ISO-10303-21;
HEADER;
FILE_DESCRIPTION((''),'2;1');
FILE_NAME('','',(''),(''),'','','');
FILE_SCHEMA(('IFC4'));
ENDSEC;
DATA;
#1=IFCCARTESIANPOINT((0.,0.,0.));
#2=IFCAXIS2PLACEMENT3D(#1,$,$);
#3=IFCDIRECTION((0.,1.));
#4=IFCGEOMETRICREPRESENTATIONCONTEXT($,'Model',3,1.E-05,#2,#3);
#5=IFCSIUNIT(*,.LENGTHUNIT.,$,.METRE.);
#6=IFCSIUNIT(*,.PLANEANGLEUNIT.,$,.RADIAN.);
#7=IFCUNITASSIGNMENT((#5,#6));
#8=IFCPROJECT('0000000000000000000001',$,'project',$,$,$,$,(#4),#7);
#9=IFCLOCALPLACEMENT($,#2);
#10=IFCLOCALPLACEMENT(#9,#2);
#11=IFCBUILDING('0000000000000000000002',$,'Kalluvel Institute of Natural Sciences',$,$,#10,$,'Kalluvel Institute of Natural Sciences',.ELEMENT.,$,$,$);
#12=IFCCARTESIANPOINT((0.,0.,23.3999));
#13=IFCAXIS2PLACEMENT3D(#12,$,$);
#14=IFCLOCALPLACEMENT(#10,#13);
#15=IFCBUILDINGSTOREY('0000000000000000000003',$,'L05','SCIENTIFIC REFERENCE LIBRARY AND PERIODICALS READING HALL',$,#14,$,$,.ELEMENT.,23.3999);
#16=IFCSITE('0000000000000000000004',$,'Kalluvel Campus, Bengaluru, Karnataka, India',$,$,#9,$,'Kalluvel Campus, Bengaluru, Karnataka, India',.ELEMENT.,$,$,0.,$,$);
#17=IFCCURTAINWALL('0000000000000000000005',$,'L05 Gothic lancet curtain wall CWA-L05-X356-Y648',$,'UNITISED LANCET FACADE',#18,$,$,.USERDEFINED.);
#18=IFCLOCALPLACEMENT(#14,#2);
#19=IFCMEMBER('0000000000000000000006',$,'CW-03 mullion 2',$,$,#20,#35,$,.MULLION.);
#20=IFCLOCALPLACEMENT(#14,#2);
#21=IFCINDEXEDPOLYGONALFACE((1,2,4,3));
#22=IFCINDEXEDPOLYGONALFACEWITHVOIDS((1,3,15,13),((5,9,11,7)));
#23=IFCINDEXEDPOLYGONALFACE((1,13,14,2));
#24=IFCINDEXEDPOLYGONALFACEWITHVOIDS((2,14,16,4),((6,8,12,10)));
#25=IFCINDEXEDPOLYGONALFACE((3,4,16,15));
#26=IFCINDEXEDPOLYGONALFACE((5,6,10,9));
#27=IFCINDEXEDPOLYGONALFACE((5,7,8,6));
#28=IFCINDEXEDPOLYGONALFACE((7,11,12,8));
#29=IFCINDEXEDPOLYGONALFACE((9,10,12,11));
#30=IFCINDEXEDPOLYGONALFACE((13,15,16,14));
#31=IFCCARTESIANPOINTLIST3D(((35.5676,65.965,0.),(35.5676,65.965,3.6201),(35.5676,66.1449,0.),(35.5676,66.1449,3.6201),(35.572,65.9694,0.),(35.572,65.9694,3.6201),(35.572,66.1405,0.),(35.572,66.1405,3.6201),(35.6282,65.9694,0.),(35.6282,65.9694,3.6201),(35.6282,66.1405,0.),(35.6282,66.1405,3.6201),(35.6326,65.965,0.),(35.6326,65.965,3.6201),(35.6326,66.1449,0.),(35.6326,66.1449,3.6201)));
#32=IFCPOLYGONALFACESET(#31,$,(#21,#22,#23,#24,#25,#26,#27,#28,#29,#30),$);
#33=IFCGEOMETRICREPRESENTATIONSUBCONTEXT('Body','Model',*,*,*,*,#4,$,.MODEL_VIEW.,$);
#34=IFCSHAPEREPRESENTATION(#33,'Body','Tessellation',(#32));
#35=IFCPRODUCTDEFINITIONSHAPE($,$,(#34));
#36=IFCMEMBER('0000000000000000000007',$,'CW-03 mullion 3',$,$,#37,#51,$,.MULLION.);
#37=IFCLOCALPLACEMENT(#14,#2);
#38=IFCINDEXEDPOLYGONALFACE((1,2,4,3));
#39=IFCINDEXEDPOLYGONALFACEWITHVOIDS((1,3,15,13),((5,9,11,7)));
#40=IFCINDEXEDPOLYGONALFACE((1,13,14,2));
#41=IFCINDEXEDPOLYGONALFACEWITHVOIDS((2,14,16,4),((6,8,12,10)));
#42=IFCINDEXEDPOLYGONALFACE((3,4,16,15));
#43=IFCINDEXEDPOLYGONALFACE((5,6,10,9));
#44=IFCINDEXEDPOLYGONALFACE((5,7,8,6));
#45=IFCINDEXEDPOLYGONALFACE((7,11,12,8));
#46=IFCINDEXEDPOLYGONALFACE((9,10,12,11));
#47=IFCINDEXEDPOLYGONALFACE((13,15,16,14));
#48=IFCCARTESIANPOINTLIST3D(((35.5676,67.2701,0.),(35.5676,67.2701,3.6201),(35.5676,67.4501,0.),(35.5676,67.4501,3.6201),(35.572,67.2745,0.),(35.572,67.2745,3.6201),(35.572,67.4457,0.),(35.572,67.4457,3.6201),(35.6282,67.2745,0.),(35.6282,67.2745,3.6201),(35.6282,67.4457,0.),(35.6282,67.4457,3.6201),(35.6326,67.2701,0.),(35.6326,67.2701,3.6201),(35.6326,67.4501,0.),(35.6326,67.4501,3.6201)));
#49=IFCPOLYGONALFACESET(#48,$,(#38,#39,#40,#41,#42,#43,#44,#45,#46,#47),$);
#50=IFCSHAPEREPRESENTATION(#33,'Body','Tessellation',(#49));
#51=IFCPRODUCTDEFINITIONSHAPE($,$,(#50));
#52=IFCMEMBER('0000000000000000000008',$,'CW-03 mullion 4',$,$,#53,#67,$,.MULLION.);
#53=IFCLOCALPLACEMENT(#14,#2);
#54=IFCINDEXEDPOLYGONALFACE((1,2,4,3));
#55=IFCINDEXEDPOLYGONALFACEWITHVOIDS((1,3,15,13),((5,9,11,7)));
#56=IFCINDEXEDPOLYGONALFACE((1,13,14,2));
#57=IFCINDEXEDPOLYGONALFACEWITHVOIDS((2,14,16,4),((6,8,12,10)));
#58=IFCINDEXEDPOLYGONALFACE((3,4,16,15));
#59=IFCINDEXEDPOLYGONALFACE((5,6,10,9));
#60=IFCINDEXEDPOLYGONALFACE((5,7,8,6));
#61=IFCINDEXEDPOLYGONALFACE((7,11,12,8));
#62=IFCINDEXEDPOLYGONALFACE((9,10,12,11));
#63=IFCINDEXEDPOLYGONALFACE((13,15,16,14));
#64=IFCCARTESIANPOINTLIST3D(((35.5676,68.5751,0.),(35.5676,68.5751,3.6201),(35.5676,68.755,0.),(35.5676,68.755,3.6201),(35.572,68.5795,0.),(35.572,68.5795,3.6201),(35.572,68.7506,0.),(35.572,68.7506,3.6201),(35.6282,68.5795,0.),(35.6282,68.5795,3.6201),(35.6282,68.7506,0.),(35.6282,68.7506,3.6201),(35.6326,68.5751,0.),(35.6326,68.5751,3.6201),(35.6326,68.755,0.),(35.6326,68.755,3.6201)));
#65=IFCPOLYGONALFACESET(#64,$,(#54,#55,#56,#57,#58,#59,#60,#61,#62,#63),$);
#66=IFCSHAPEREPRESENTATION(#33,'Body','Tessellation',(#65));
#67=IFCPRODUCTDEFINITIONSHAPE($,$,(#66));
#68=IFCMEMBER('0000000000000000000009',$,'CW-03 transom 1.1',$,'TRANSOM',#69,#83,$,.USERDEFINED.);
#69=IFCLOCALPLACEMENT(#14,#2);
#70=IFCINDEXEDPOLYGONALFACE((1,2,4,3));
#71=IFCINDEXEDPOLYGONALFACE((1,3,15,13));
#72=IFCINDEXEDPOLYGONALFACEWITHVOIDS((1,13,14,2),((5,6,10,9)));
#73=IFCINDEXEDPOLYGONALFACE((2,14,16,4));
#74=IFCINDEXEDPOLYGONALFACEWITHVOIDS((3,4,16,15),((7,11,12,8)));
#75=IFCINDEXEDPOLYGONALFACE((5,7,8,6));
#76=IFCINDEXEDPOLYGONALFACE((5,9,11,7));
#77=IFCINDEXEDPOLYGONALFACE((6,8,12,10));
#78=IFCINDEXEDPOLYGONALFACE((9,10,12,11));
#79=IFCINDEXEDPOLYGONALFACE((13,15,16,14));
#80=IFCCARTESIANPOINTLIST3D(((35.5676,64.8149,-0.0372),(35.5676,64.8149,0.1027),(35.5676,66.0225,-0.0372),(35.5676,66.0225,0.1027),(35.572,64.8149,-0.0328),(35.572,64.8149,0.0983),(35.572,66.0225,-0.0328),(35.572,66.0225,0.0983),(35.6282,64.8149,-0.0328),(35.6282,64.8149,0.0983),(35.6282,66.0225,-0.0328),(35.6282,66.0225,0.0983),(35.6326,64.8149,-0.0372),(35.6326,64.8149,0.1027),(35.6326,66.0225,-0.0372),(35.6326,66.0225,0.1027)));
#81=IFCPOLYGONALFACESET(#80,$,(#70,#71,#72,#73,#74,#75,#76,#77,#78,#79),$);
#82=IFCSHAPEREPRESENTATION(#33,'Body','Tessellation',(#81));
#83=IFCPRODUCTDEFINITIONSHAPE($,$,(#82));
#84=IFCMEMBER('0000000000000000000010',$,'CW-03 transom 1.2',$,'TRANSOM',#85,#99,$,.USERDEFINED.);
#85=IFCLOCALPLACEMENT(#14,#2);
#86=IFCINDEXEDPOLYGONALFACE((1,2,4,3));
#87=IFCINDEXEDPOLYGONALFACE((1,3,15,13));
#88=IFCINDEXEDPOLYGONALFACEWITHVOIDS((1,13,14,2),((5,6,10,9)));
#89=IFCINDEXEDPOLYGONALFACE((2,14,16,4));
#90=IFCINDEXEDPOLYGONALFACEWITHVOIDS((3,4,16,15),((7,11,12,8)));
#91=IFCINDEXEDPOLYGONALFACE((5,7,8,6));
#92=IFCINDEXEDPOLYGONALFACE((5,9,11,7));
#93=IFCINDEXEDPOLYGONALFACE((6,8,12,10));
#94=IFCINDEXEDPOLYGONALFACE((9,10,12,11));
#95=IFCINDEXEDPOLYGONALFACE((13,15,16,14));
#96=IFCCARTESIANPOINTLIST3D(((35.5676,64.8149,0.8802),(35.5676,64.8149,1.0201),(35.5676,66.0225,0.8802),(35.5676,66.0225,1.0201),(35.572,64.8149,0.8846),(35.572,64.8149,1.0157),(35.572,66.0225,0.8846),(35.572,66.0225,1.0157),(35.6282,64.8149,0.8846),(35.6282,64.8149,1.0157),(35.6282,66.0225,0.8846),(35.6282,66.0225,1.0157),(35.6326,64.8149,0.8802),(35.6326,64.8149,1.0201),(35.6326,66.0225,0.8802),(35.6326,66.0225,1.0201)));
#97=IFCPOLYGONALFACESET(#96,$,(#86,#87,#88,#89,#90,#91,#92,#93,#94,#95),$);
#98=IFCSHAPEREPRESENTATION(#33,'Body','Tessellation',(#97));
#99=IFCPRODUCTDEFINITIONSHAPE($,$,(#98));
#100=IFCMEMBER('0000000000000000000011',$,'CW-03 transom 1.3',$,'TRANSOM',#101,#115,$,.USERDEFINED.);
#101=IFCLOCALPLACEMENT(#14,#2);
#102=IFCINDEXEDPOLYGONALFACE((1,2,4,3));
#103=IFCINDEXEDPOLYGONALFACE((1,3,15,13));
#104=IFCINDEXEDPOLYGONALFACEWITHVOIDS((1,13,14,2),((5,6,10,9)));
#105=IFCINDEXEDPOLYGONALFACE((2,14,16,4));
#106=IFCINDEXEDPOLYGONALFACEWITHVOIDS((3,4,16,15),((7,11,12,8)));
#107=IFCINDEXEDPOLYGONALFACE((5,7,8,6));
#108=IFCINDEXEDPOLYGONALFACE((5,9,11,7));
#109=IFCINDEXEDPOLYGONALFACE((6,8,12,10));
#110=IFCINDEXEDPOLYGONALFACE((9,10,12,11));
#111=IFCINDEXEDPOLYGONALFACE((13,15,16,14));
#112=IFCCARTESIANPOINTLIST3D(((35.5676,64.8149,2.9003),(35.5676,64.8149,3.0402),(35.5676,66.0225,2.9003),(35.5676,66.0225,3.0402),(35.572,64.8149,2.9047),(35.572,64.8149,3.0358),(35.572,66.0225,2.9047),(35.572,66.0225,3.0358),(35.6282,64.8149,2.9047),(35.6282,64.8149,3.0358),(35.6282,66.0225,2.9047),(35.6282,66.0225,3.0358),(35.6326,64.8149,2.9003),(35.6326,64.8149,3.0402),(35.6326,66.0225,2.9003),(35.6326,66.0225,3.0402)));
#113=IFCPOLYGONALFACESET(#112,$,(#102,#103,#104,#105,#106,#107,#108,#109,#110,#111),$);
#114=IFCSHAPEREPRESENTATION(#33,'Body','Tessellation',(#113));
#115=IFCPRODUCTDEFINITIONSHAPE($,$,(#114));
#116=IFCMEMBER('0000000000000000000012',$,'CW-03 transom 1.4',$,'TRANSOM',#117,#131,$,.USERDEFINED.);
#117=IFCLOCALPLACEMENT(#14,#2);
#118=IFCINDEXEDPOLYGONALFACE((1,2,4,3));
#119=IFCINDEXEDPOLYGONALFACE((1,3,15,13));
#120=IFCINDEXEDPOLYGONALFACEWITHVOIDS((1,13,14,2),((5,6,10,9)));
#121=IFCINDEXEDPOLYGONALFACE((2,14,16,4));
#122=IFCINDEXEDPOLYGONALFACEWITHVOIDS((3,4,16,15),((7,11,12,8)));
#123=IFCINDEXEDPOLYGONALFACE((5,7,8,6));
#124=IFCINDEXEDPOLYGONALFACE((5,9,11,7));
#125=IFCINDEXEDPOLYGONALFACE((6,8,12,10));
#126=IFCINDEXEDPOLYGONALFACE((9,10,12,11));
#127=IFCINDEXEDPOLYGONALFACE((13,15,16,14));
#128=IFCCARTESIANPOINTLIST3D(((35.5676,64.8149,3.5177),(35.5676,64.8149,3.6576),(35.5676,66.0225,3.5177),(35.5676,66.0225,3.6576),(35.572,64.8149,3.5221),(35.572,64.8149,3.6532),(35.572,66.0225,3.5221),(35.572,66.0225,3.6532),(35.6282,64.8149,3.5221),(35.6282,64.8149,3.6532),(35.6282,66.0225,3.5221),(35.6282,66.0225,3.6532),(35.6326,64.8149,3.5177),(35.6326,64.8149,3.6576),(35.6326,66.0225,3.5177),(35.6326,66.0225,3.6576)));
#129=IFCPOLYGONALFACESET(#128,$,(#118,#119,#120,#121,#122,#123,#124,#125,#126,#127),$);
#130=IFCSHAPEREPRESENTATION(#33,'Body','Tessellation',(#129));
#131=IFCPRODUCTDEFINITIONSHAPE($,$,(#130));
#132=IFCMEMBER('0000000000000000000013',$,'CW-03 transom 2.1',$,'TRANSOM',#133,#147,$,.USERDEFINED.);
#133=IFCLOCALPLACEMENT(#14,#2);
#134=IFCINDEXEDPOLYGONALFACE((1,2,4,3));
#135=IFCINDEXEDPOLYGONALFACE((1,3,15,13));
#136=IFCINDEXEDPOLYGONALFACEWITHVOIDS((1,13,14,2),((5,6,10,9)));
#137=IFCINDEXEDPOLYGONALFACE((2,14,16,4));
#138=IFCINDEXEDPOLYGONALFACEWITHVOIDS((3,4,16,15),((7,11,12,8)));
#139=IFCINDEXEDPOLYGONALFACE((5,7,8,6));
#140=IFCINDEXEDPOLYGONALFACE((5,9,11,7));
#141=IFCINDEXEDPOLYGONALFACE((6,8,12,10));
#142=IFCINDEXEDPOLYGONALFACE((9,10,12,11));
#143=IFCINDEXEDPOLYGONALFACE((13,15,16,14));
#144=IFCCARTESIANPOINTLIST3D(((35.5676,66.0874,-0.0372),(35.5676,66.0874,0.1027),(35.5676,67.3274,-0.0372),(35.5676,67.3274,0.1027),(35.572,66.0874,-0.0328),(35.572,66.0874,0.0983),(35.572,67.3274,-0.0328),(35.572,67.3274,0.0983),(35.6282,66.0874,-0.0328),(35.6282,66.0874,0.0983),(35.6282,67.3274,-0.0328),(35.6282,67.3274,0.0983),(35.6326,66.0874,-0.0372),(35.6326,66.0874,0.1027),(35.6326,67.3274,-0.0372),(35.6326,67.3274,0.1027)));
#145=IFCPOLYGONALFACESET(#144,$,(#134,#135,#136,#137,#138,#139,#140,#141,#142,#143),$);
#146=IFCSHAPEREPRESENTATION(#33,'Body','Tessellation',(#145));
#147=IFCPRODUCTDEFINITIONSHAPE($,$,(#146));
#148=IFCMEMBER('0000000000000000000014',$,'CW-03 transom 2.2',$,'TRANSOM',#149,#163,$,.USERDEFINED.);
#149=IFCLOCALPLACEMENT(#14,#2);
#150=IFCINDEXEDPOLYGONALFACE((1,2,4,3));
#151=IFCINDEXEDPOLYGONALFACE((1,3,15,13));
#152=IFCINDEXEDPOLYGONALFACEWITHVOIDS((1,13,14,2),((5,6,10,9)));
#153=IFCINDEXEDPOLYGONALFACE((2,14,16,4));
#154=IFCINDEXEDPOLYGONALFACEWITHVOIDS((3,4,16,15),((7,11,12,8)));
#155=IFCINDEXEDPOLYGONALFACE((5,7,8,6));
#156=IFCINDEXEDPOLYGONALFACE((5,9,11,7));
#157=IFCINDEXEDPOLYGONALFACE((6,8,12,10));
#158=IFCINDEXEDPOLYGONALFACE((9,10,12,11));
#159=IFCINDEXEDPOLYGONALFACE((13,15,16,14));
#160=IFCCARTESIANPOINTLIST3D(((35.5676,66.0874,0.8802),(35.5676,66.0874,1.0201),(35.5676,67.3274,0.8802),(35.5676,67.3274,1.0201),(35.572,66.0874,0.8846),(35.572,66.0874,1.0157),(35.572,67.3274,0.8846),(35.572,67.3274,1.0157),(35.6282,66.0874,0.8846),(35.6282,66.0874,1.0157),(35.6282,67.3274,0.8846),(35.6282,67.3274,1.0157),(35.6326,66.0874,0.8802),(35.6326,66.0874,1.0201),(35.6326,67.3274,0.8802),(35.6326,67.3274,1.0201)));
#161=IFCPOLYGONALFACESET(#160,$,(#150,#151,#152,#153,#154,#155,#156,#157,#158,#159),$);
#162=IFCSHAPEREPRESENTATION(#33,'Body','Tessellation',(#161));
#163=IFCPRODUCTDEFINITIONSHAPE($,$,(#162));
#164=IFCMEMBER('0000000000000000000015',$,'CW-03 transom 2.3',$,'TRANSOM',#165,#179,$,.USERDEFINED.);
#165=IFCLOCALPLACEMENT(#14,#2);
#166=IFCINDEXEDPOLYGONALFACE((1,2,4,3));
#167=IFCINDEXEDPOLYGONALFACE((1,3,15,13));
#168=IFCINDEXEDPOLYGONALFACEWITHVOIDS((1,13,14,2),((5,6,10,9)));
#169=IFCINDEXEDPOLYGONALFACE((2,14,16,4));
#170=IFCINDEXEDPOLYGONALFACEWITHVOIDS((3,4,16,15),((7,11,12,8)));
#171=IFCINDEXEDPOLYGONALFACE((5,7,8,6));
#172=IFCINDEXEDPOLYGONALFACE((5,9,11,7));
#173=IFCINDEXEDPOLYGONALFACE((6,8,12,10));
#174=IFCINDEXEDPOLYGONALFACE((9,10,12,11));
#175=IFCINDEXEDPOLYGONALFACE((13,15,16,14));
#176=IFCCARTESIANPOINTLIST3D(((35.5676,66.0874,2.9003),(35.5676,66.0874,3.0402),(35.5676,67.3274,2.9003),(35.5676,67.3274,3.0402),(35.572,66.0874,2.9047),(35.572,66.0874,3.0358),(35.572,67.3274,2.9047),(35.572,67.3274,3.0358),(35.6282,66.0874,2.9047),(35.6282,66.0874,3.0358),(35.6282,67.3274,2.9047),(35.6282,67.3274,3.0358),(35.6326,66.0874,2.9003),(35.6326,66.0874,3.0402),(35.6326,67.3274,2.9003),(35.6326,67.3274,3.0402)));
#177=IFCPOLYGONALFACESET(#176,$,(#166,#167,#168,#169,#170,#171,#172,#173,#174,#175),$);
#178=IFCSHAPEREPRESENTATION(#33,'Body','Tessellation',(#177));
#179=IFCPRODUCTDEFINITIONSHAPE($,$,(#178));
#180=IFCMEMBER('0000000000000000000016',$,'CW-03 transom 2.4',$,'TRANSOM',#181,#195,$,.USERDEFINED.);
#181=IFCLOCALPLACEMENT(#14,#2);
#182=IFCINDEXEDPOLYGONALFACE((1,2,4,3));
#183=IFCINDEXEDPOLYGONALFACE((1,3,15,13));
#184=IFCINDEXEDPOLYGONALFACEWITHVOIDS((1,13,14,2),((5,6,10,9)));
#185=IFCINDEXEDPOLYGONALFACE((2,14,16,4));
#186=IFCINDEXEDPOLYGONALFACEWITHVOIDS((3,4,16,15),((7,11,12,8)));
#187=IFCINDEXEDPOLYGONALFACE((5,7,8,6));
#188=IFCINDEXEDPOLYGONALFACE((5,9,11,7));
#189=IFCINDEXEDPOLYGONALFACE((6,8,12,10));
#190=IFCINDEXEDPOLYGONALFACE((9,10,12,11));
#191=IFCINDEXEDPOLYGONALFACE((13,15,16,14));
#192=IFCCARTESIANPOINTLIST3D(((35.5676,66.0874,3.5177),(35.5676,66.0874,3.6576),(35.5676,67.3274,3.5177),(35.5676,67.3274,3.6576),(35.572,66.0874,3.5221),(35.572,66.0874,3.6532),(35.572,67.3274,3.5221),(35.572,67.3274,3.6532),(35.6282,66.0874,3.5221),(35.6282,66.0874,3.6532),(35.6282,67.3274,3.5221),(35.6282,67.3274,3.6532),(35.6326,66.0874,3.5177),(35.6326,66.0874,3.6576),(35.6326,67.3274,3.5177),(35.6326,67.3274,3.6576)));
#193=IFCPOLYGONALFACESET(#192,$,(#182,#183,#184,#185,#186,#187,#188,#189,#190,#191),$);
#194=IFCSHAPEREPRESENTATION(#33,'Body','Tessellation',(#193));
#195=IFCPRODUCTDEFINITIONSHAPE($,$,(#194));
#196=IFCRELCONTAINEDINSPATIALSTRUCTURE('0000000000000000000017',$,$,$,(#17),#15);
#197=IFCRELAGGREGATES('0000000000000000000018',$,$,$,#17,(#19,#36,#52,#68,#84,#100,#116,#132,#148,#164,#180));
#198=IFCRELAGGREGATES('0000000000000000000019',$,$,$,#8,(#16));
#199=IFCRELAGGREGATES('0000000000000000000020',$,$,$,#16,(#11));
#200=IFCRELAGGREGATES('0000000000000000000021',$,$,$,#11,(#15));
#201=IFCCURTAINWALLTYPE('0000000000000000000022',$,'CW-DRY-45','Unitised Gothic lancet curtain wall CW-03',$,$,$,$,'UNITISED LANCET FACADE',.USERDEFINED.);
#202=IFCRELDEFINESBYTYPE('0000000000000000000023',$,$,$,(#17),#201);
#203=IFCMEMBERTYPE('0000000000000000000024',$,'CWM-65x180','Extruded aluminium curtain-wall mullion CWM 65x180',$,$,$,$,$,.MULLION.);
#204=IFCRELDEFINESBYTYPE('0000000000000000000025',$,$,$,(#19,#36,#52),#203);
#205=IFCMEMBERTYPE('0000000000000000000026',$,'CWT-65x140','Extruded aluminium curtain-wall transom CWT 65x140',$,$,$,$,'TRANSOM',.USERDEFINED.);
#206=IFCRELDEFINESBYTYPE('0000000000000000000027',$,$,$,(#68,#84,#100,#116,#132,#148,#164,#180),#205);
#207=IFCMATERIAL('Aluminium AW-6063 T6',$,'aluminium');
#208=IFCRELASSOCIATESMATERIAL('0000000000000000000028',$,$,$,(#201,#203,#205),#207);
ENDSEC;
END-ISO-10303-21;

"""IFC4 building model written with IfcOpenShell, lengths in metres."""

from ifc_helpers import new_model, si_unit, direction, frame, origin, origin_2d, place, context, subcontext, project, spatial, hollow_rectangle, extrude, material, material_profile, profile_set, type_object, element, aggregate, save


model = new_model("IFC4")

# Units and contexts
model_context = context("Model", 3, precision=1e-05, world=origin(), true_north=direction((0.0, 1.0)))
body_context = subcontext(model_context, "Body", "Model", "MODEL_VIEW")
ifc_project = project(units=[si_unit("LENGTHUNIT", "METRE"), si_unit("PLANEANGLEUNIT", "RADIAN")], contexts=[model_context])

# Site, building, storey
site_placement = place(None, origin())
site = spatial("IfcSite", under=ifc_project, at=site_placement, Name="Kalluvel Campus, Bengaluru, Karnataka, India", LongName="Kalluvel Campus, Bengaluru, Karnataka, India", CompositionType="ELEMENT", RefElevation=0.0)
building_placement = place(site_placement, origin())
building = spatial("IfcBuilding", under=site, at=building_placement, Name="Kalluvel Institute of Natural Sciences", LongName="Kalluvel Institute of Natural Sciences", CompositionType="ELEMENT")
storey_placement = place(building_placement, frame((0.0, 0.0, 23.3999)))
storey = spatial("IfcBuildingStorey", under=building, at=storey_placement, Name="L05", Description="SCIENTIFIC REFERENCE LIBRARY AND PERIODICALS READING HALL", CompositionType="ELEMENT", Elevation=23.3999)

# Curtain wall, members
ifc_material_1 = material(Name="Aluminium AW-6063 T6", Category="aluminium")
curtain_wall_type = type_object("IfcCurtainWallType", Name="CW-DRY-45", Description="Unitised Gothic lancet curtain wall CW-03", ElementType="UNITISED LANCET FACADE", PredefinedType="USERDEFINED", material=ifc_material_1)
curtain_wall_placement = place(storey_placement, origin())
curtain_wall = element("IfcCurtainWall", 1, at=curtain_wall_placement, inside=storey, type_object=curtain_wall_type, Name="L05 Gothic lancet curtain wall CWA-L05-X356-Y648", ObjectType="UNITISED LANCET FACADE", PredefinedType="USERDEFINED")
ifc_material_profile_1 = material_profile(ifc_material_1, hollow_rectangle(XDim=0.0649, YDim=0.1799, WallThickness=0.0044, at=origin_2d()), Name="CWM 65x180")
ifc_profile_set_1 = profile_set([ifc_material_profile_1], Name="Aluminium AW-6063 T6")
member_type_1 = type_object("IfcMemberType", Name="CWM-65x180", Description="Extruded aluminium curtain-wall mullion CWM 65x180", PredefinedType="MULLION", material=ifc_profile_set_1)
member_1_placement = place(storey_placement, frame((35.6001, 66.0549, 0.0), z_axis=(0.0, 0.0, 1.0), x_axis=(-1.0, 0.0, 0.0)))
member_1 = element("IfcMember", 2, at=member_1_placement, type_object=member_type_1, Name="CW-03 mullion 2", PredefinedType="MULLION", context=body_context, shape_type="SweptSolid", body=[
    extrude(hollow_rectangle(XDim=0.0649, YDim=0.1799, WallThickness=0.0044, at=origin_2d()), origin(), (0.0, 0.0, 1.0), 3.6201),
])
member_2_placement = place(storey_placement, frame((35.6001, 67.3601, 0.0), z_axis=(0.0, 0.0, 1.0), x_axis=(-1.0, 0.0, 0.0)))
member_2 = element("IfcMember", 3, at=member_2_placement, type_object=member_type_1, Name="CW-03 mullion 3", PredefinedType="MULLION", context=body_context, shape_type="SweptSolid", body=[
    extrude(hollow_rectangle(XDim=0.0649, YDim=0.1799, WallThickness=0.0044, at=origin_2d()), origin(), (0.0, 0.0, 1.0), 3.6201),
])
member_3_placement = place(storey_placement, frame((35.6001, 68.665, 0.0), z_axis=(0.0, 0.0, 1.0), x_axis=(-1.0, 0.0, 0.0)))
member_3 = element("IfcMember", 4, at=member_3_placement, type_object=member_type_1, Name="CW-03 mullion 4", PredefinedType="MULLION", context=body_context, shape_type="SweptSolid", body=[
    extrude(hollow_rectangle(XDim=0.0649, YDim=0.1799, WallThickness=0.0044, at=origin_2d()), origin(), (0.0, 0.0, 1.0), 3.6201),
])
ifc_material_profile_2 = material_profile(ifc_material_1, hollow_rectangle(XDim=0.0649, YDim=0.1399, WallThickness=0.0044, at=origin_2d()), Name="CWT 65x140")
ifc_profile_set_2 = profile_set([ifc_material_profile_2], Name="Aluminium AW-6063 T6")
member_type_2 = type_object("IfcMemberType", Name="CWT-65x140", Description="Extruded aluminium curtain-wall transom CWT 65x140", ElementType="TRANSOM", PredefinedType="USERDEFINED", material=ifc_profile_set_2)
member_4_placement = place(storey_placement, frame((35.6001, 64.8149, 0.0327), z_axis=(0.0, 1.0, 0.0), x_axis=(-1.0, 0.0, 0.0)))
member_4 = element("IfcMember", 5, at=member_4_placement, type_object=member_type_2, Name="CW-03 transom 1.1", ObjectType="TRANSOM", PredefinedType="USERDEFINED", context=body_context, shape_type="SweptSolid", body=[
    extrude(hollow_rectangle(XDim=0.0649, YDim=0.1399, WallThickness=0.0044, at=origin_2d()), origin(), (0.0, 0.0, 1.0), 1.2075),
])
member_5_placement = place(storey_placement, frame((35.6001, 64.8149, 0.9502), z_axis=(0.0, 1.0, 0.0), x_axis=(-1.0, 0.0, 0.0)))
member_5 = element("IfcMember", 6, at=member_5_placement, type_object=member_type_2, Name="CW-03 transom 1.2", ObjectType="TRANSOM", PredefinedType="USERDEFINED", context=body_context, shape_type="SweptSolid", body=[
    extrude(hollow_rectangle(XDim=0.0649, YDim=0.1399, WallThickness=0.0044, at=origin_2d()), origin(), (0.0, 0.0, 1.0), 1.2075),
])
member_6_placement = place(storey_placement, frame((35.6001, 64.8149, 2.9702), z_axis=(0.0, 1.0, 0.0), x_axis=(-1.0, 0.0, 0.0)))
member_6 = element("IfcMember", 7, at=member_6_placement, type_object=member_type_2, Name="CW-03 transom 1.3", ObjectType="TRANSOM", PredefinedType="USERDEFINED", context=body_context, shape_type="SweptSolid", body=[
    extrude(hollow_rectangle(XDim=0.0649, YDim=0.1399, WallThickness=0.0044, at=origin_2d()), origin(), (0.0, 0.0, 1.0), 1.2075),
])
member_7_placement = place(storey_placement, frame((35.6001, 64.8149, 3.5876), z_axis=(0.0, 1.0, 0.0), x_axis=(-1.0, 0.0, 0.0)))
member_7 = element("IfcMember", 8, at=member_7_placement, type_object=member_type_2, Name="CW-03 transom 1.4", ObjectType="TRANSOM", PredefinedType="USERDEFINED", context=body_context, shape_type="SweptSolid", body=[
    extrude(hollow_rectangle(XDim=0.0649, YDim=0.1399, WallThickness=0.0044, at=origin_2d()), origin(), (0.0, 0.0, 1.0), 1.2075),
])
member_8_placement = place(storey_placement, frame((35.6001, 66.0874, 0.0327), z_axis=(0.0, 1.0, 0.0), x_axis=(-1.0, 0.0, 0.0)))
member_8 = element("IfcMember", 9, at=member_8_placement, type_object=member_type_2, Name="CW-03 transom 2.1", ObjectType="TRANSOM", PredefinedType="USERDEFINED", context=body_context, shape_type="SweptSolid", body=[
    extrude(hollow_rectangle(XDim=0.0649, YDim=0.1399, WallThickness=0.0044, at=origin_2d()), origin(), (0.0, 0.0, 1.0), 1.24),
])
member_9_placement = place(storey_placement, frame((35.6001, 66.0874, 0.9502), z_axis=(0.0, 1.0, 0.0), x_axis=(-1.0, 0.0, 0.0)))
member_9 = element("IfcMember", 10, at=member_9_placement, type_object=member_type_2, Name="CW-03 transom 2.2", ObjectType="TRANSOM", PredefinedType="USERDEFINED", context=body_context, shape_type="SweptSolid", body=[
    extrude(hollow_rectangle(XDim=0.0649, YDim=0.1399, WallThickness=0.0044, at=origin_2d()), origin(), (0.0, 0.0, 1.0), 1.24),
])
member_10_placement = place(storey_placement, frame((35.6001, 66.0874, 2.9702), z_axis=(0.0, 1.0, 0.0), x_axis=(-1.0, 0.0, 0.0)))
member_10 = element("IfcMember", 11, at=member_10_placement, type_object=member_type_2, Name="CW-03 transom 2.3", ObjectType="TRANSOM", PredefinedType="USERDEFINED", context=body_context, shape_type="SweptSolid", body=[
    extrude(hollow_rectangle(XDim=0.0649, YDim=0.1399, WallThickness=0.0044, at=origin_2d()), origin(), (0.0, 0.0, 1.0), 1.24),
])
member_11_placement = place(storey_placement, frame((35.6001, 66.0874, 3.5876), z_axis=(0.0, 1.0, 0.0), x_axis=(-1.0, 0.0, 0.0)))
member_11 = element("IfcMember", 12, at=member_11_placement, type_object=member_type_2, Name="CW-03 transom 2.4", ObjectType="TRANSOM", PredefinedType="USERDEFINED", context=body_context, shape_type="SweptSolid", body=[
    extrude(hollow_rectangle(XDim=0.0649, YDim=0.1399, WallThickness=0.0044, at=origin_2d()), origin(), (0.0, 0.0, 1.0), 1.24),
])
aggregate(curtain_wall, [member_1, member_2, member_3, member_4, member_5, member_6, member_7, member_8, member_9, member_10, member_11])

save(model, "model.ifc")
